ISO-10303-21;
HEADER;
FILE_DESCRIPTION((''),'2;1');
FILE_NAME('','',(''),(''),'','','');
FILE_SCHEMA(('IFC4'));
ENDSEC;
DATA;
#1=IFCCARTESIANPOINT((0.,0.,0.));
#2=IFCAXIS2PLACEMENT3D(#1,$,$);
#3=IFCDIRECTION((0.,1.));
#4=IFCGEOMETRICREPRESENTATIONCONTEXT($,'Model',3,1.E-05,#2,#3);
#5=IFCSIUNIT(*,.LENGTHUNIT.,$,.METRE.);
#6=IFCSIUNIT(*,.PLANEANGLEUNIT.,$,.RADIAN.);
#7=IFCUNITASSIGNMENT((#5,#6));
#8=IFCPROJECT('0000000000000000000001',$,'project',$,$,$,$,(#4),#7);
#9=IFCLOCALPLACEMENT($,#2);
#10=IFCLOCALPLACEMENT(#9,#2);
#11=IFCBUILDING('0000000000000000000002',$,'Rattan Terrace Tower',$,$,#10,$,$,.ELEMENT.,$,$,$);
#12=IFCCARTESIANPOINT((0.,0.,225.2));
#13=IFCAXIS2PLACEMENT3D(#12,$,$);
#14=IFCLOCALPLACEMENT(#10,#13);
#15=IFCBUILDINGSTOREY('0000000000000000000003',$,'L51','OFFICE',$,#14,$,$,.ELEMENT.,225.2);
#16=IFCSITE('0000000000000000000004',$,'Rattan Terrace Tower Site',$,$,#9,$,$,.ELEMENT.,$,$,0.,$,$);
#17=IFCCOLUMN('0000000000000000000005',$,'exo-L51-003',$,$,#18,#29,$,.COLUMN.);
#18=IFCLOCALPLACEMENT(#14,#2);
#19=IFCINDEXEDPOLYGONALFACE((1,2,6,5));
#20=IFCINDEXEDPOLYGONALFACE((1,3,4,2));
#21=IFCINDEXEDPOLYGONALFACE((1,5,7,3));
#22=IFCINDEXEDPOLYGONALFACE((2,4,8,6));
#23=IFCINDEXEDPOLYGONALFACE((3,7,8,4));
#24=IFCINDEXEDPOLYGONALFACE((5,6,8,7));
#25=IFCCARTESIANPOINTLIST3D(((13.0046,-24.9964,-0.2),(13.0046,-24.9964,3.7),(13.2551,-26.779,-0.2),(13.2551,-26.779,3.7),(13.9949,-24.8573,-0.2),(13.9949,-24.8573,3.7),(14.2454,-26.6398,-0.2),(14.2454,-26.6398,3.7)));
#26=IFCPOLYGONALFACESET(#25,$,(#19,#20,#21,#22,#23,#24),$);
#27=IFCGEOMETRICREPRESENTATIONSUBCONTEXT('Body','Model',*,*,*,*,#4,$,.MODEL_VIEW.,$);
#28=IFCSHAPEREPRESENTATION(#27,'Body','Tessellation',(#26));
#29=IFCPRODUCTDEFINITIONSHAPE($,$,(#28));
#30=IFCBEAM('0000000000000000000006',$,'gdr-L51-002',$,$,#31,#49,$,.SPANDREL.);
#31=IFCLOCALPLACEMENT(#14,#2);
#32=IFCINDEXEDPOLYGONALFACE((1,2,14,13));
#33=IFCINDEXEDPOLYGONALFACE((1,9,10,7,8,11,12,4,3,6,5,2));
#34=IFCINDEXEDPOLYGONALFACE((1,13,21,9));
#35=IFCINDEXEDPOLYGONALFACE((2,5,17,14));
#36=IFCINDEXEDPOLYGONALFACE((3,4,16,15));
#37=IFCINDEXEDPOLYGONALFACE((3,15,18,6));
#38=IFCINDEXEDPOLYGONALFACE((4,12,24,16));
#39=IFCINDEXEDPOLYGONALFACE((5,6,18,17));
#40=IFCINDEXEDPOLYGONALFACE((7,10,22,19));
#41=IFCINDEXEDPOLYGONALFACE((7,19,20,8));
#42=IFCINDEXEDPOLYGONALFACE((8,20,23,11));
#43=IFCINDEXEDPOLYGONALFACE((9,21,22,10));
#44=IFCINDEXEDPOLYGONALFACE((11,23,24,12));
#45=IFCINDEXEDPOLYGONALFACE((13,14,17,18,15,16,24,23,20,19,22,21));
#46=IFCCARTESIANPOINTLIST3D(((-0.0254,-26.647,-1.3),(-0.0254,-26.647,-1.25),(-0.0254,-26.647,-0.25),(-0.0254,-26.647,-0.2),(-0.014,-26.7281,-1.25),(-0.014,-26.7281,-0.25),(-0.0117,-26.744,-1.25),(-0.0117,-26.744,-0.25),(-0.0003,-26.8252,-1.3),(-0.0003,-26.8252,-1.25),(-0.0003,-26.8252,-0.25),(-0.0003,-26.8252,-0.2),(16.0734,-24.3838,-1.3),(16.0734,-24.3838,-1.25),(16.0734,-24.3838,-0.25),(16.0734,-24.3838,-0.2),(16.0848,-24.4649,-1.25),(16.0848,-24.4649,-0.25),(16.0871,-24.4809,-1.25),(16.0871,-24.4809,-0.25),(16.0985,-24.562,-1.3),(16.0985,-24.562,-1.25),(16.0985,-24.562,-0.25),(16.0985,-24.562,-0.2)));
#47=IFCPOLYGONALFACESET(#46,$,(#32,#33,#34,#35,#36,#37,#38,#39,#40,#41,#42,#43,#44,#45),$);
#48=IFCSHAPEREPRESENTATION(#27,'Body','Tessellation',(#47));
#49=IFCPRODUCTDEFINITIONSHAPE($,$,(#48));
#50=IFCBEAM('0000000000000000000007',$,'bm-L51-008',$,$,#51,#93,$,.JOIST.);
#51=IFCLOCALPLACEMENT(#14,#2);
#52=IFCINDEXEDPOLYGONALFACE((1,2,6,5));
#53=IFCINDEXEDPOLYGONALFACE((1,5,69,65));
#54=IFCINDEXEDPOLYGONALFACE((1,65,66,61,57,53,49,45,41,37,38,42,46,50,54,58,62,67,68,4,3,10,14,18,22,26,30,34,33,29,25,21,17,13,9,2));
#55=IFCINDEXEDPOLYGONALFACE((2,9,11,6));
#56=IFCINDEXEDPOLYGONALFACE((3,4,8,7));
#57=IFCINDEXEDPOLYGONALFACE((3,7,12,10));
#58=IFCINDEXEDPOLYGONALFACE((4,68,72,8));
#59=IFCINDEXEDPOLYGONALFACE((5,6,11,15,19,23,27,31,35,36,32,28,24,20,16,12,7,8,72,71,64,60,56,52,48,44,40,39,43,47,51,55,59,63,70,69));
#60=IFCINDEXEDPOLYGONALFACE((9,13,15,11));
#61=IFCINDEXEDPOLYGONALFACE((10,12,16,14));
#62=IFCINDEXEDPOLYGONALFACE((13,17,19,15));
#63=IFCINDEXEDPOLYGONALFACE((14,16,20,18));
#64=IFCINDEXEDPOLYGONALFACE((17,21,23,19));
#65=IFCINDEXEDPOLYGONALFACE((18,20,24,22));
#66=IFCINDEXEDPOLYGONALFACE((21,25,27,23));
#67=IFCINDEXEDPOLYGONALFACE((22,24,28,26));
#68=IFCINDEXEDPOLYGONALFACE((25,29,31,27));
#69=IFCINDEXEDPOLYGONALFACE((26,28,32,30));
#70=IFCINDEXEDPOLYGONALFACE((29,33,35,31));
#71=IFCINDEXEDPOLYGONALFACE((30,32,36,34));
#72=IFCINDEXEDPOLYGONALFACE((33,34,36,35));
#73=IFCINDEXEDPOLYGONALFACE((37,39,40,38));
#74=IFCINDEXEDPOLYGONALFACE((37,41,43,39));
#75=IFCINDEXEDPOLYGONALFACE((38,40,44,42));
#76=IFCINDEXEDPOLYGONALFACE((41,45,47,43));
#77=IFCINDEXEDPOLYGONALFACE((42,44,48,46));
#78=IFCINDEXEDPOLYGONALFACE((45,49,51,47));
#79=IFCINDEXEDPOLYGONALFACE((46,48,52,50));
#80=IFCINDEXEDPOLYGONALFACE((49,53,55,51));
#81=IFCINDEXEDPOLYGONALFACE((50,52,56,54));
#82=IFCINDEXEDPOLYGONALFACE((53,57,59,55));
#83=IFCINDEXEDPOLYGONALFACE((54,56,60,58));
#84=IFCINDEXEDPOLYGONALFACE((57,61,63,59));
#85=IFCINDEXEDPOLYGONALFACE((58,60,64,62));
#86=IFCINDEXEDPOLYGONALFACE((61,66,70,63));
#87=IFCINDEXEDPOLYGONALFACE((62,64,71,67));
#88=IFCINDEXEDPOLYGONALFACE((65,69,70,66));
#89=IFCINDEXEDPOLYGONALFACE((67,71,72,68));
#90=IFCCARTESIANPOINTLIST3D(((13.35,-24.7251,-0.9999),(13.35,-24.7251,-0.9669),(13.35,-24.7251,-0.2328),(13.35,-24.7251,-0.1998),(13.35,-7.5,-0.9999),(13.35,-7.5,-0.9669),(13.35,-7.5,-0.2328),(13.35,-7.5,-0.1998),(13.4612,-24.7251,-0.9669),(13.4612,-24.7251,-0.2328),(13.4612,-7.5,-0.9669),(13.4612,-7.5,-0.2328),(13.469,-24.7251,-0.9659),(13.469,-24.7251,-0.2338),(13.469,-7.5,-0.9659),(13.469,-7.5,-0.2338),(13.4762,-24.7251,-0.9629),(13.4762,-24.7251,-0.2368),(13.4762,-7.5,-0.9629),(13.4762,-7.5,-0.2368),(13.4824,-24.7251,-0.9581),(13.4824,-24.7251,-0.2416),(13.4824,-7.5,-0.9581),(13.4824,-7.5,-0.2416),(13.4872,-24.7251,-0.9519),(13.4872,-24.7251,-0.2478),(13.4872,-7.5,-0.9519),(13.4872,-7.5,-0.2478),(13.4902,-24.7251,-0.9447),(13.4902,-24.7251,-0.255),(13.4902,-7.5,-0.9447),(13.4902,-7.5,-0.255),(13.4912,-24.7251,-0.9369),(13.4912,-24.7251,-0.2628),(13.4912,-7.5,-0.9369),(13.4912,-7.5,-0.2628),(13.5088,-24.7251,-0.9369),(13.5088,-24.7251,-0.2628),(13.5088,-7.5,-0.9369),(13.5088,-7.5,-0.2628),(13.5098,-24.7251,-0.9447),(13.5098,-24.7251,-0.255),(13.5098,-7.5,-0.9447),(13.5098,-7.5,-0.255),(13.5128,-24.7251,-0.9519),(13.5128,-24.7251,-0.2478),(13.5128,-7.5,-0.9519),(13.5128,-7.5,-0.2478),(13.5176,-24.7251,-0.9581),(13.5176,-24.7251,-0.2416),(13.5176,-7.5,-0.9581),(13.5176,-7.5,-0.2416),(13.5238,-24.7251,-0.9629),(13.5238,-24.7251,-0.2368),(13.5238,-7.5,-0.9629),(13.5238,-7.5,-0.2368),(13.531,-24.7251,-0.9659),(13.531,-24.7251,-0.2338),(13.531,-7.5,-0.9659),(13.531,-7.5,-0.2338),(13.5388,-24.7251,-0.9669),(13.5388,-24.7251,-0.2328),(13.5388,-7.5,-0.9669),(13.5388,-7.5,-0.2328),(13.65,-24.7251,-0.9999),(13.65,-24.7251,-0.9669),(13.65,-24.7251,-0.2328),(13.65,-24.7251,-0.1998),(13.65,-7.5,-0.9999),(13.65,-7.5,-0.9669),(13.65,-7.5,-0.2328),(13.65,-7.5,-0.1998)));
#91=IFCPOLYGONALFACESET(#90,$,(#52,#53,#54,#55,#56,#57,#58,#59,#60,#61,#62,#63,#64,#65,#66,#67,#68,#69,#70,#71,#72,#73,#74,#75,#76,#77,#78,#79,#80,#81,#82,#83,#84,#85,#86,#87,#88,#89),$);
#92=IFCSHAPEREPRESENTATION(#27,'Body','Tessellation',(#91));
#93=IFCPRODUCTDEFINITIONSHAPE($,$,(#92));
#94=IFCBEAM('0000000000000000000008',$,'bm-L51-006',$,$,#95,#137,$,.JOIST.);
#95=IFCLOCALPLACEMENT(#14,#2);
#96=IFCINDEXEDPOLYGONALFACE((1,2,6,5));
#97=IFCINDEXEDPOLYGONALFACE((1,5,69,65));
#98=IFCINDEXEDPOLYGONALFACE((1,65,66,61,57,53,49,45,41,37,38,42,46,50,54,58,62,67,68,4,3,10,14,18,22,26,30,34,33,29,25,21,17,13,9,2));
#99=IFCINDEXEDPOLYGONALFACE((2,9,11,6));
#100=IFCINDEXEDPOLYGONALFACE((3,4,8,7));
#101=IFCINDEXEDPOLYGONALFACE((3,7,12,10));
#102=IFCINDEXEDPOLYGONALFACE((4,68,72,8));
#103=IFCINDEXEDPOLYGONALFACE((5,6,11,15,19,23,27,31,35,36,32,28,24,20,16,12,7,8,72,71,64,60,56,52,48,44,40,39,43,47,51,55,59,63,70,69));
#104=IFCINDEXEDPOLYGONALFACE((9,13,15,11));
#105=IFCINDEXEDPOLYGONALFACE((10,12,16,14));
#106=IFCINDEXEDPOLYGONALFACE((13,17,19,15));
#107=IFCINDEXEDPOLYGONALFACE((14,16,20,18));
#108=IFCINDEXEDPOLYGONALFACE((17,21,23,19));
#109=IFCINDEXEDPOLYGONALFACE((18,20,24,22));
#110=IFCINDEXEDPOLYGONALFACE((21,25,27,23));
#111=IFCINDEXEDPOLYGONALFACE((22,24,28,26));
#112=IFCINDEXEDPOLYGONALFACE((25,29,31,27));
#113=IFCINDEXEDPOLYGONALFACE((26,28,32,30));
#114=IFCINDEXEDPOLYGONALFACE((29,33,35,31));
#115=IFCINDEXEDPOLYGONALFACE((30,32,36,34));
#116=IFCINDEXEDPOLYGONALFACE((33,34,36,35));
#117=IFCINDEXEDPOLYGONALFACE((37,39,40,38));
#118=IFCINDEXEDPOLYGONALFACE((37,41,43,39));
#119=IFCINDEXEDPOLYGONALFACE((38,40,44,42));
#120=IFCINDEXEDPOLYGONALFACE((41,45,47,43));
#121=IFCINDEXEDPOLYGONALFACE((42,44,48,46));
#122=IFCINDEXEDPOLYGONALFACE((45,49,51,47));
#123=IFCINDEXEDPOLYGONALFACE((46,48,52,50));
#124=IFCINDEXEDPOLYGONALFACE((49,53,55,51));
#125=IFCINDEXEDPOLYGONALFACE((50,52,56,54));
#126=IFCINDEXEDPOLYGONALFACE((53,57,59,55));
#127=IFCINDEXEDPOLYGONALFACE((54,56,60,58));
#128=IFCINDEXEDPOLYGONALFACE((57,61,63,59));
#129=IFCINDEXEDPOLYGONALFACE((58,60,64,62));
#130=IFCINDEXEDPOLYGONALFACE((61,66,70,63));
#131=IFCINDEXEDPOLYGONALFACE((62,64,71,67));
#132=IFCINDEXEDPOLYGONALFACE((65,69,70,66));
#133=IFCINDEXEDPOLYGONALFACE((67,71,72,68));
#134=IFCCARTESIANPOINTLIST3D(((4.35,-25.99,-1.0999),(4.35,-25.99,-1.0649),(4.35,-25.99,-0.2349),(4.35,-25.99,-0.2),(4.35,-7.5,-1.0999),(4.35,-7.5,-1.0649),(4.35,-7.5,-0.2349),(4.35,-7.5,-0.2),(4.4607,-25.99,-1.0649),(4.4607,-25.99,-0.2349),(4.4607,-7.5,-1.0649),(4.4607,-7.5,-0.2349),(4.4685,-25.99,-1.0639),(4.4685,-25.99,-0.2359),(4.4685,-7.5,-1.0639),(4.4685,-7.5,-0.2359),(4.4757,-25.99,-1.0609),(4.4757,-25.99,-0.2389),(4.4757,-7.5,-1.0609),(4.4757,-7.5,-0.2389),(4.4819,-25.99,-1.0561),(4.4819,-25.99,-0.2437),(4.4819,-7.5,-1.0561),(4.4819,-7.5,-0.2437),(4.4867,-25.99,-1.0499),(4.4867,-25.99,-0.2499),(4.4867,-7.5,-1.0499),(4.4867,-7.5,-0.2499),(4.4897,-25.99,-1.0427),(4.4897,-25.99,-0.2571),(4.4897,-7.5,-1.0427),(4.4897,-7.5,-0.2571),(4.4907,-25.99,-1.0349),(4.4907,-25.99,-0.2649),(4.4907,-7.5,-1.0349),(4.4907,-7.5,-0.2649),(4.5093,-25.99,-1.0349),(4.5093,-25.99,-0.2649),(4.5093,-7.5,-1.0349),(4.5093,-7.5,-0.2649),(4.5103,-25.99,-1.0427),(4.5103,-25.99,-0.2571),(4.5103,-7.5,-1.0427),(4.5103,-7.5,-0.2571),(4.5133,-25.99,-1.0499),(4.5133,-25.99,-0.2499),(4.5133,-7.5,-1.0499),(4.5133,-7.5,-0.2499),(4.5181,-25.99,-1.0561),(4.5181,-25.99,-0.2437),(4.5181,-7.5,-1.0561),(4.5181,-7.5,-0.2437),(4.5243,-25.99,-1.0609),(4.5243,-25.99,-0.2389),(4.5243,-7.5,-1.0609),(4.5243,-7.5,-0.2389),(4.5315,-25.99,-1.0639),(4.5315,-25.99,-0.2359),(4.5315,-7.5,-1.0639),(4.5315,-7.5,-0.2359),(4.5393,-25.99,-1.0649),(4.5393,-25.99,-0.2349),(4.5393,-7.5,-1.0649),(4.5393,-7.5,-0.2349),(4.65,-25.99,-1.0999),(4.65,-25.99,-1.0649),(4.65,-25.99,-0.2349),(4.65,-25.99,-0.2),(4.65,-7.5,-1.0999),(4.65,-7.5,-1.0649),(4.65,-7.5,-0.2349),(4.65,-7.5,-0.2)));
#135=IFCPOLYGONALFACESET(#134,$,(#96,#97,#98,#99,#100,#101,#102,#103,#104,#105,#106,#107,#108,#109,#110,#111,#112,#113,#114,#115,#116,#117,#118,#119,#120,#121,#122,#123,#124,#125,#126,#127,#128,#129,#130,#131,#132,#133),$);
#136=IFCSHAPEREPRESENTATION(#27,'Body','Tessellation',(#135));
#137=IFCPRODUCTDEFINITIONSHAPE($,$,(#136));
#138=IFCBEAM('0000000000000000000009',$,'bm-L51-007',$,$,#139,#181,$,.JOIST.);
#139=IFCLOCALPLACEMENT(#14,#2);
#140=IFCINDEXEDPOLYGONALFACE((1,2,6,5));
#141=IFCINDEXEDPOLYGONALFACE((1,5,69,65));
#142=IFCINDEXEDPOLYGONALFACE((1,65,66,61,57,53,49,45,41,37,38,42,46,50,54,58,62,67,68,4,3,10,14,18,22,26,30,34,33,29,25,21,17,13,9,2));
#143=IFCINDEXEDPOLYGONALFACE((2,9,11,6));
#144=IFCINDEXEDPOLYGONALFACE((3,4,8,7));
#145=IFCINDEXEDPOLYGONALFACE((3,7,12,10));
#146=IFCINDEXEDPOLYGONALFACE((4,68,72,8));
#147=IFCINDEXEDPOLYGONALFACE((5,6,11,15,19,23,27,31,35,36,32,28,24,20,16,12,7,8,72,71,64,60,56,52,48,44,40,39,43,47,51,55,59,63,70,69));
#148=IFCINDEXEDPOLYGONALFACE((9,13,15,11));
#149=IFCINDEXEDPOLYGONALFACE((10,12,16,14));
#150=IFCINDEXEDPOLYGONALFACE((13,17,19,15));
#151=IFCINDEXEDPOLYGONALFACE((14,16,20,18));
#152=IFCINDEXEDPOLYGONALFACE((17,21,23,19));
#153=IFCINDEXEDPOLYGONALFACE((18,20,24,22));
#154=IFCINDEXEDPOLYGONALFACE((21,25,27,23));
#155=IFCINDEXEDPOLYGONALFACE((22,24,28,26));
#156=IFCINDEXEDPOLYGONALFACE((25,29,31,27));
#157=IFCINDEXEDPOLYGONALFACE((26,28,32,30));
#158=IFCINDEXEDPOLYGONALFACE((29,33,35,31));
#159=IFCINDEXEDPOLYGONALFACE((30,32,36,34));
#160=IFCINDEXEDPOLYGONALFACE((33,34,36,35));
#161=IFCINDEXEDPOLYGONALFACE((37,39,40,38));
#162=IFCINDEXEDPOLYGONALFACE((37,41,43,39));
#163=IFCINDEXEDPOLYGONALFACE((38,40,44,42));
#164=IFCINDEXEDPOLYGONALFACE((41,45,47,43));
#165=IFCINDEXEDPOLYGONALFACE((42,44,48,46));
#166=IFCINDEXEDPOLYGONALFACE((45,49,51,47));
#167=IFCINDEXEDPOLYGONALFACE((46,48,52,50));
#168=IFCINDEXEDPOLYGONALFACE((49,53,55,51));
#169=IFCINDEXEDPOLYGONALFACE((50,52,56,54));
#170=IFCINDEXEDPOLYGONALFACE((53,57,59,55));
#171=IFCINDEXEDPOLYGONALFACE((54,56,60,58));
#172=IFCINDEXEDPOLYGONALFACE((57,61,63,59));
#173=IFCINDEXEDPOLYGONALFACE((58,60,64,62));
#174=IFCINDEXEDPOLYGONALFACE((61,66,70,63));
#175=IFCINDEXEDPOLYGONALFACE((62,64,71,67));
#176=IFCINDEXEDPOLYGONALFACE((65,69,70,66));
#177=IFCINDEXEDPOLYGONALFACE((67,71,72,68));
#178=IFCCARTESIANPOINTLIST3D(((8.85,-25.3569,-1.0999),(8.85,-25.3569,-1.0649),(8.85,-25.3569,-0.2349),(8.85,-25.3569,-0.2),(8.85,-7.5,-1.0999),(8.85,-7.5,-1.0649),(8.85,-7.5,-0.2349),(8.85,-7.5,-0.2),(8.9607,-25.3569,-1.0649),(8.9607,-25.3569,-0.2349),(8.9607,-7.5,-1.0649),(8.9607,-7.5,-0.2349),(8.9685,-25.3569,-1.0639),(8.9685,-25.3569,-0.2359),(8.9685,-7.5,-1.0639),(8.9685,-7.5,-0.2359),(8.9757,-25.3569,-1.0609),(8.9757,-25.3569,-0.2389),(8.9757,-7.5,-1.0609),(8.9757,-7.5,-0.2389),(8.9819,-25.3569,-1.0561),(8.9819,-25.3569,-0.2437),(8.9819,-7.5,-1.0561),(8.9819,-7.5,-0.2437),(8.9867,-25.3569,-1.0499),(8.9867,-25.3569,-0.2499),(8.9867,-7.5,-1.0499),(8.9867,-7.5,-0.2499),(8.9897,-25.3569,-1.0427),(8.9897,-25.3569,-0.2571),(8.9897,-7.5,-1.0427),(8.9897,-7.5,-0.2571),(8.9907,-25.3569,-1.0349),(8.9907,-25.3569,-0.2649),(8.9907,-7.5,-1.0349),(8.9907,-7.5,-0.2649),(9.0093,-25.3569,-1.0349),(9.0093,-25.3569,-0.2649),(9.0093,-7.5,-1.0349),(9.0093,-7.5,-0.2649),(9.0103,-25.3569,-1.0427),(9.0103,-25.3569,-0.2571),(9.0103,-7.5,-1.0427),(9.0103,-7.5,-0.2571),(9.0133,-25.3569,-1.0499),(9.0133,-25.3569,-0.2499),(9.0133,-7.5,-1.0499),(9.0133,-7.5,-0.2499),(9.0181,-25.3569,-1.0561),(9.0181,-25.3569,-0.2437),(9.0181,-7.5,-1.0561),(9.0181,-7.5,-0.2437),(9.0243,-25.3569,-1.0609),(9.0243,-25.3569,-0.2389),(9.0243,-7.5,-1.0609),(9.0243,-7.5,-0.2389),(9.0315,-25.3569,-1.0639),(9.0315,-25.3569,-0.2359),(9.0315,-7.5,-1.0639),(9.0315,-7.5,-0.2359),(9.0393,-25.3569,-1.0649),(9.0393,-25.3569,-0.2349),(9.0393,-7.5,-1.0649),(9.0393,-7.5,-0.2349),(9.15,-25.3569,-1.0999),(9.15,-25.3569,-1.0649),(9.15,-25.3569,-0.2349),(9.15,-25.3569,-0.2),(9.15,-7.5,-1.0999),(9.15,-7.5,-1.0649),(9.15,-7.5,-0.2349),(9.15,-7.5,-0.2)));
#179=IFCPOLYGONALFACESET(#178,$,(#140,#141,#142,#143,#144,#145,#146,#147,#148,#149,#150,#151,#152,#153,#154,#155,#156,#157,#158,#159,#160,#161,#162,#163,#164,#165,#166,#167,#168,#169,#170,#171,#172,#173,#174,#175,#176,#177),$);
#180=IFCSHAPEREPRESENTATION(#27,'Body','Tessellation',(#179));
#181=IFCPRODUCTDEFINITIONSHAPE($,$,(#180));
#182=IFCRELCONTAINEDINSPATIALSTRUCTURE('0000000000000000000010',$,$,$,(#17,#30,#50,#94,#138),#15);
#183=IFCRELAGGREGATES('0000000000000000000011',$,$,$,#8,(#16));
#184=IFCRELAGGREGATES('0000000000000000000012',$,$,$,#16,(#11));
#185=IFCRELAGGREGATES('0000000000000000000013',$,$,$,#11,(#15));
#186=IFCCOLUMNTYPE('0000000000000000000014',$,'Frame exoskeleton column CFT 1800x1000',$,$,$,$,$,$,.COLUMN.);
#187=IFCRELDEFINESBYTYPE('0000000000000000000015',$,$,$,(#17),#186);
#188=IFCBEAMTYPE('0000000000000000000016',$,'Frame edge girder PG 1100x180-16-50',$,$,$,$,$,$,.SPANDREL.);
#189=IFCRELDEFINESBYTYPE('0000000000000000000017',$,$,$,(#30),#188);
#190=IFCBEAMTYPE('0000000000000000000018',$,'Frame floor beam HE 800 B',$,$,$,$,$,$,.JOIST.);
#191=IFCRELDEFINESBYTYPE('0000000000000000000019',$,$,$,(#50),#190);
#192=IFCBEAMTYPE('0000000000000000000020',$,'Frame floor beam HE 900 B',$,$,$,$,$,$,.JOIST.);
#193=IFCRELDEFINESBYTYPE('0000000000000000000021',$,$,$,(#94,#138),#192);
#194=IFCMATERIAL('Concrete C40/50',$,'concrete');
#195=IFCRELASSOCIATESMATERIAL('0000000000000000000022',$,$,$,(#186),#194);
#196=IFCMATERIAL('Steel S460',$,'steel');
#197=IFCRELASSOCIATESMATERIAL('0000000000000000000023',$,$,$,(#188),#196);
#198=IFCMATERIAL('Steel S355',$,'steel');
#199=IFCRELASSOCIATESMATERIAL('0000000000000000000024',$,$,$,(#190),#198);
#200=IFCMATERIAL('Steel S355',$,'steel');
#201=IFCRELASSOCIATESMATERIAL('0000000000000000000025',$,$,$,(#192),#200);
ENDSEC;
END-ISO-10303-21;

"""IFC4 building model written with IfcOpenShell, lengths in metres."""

from ifc_helpers import new_model, si_unit, direction, frame, origin, origin_2d, place, context, subcontext, project, spatial, rectangle, i_section, extrude, material, material_profile, profile_set, type_object, element, save


model = new_model("IFC4")

# Units and contexts
model_context = context("Model", 3, precision=1e-05, world=origin(), true_north=direction((0.0, 1.0)))
body_context = subcontext(model_context, "Body", "Model", "MODEL_VIEW")
ifc_project = project(units=[si_unit("LENGTHUNIT", "METRE"), si_unit("PLANEANGLEUNIT", "RADIAN")], contexts=[model_context])

# Site, building, storey
site_placement = place(None, origin())
site = spatial("IfcSite", under=ifc_project, at=site_placement, Name="Rattan Terrace Tower Site", CompositionType="ELEMENT", RefElevation=0.0)
building_placement = place(site_placement, origin())
building = spatial("IfcBuilding", under=site, at=building_placement, Name="Rattan Terrace Tower", CompositionType="ELEMENT")
storey_placement = place(building_placement, frame((0.0, 0.0, 225.2)))
storey = spatial("IfcBuildingStorey", under=building, at=storey_placement, Name="L51", Description="OFFICE", CompositionType="ELEMENT", Elevation=225.2)

# Column
ifc_material_1 = material(Name="Concrete C40/50", Category="concrete")
ifc_material_profile_1 = material_profile(ifc_material_1, rectangle(XDim=1.0, YDim=1.8, at=origin_2d()), Name="CFT 1800x1000")
ifc_profile_set_1 = profile_set([ifc_material_profile_1], Name="Concrete C40/50")
column_type = type_object("IfcColumnType", Name="Frame exoskeleton column CFT 1800x1000", PredefinedType="COLUMN", material=ifc_profile_set_1)
column_placement = place(storey_placement, frame((13.625, -25.8181, -0.2), z_axis=(0.0, 0.0, 1.0), x_axis=(0.990268, 0.139173, 0.0)))
element("IfcColumn", 1, at=column_placement, inside=storey, type_object=column_type, Name="exo-L51-003", PredefinedType="COLUMN", context=body_context, shape_type="SweptSolid", body=[
    extrude(rectangle(XDim=1.0, YDim=1.8, at=origin_2d()), origin(), (0.0, 0.0, 1.0), 3.8999),
])

# Beams
ifc_material_2 = material(Name="Steel S460", Category="steel")
ifc_material_profile_2 = material_profile(ifc_material_2, i_section(OverallWidth=0.1799, OverallDepth=1.1001, WebThickness=0.0161, FlangeThickness=0.05, at=origin_2d()), Name="PG 1100x180-16-50")
ifc_profile_set_2 = profile_set([ifc_material_profile_2], Name="Steel S460")
beam_type_1 = type_object("IfcBeamType", Name="Frame edge girder PG 1100x180-16-50", PredefinedType="SPANDREL", material=ifc_profile_set_2)
beam_1_placement = place(storey_placement, frame((16.0859, -24.4729, -0.75), z_axis=(-0.990263, -0.139211, 0.0), x_axis=(0.139211, -0.990263, 0.0)))
element("IfcBeam", 2, at=beam_1_placement, inside=storey, type_object=beam_type_1, Name="gdr-L51-002", PredefinedType="SPANDREL", context=body_context, shape_type="SweptSolid", body=[
    extrude(i_section(OverallWidth=0.1799, OverallDepth=1.1001, WebThickness=0.0161, FlangeThickness=0.05, at=origin_2d()), origin(), (0.0, 0.0, 1.0), 16.2571),
])
ifc_material_3 = material(Name="Steel S355", Category="steel")
ifc_material_profile_3 = material_profile(ifc_material_3, i_section(OverallWidth=0.3, OverallDepth=0.8, WebThickness=0.0176, FlangeThickness=0.033, FilletRadius=0.03, at=origin_2d()), Name="HE 800 B")
ifc_profile_set_3 = profile_set([ifc_material_profile_3], Name="Steel S355")
beam_type_2 = type_object("IfcBeamType", Name="Frame floor beam HE 800 B", PredefinedType="JOIST", material=ifc_profile_set_3)
beam_2_placement = place(storey_placement, frame((13.5, -24.7251, -0.5999), z_axis=(0.0, 1.0, 0.0), x_axis=(-1.0, 0.0, 0.0)))
element("IfcBeam", 3, at=beam_2_placement, inside=storey, type_object=beam_type_2, Name="bm-L51-008", PredefinedType="JOIST", context=body_context, shape_type="SweptSolid", body=[
    extrude(i_section(OverallWidth=0.3, OverallDepth=0.8, WebThickness=0.0176, FlangeThickness=0.033, FilletRadius=0.03, at=origin_2d()), origin(), (0.0, 0.0, 1.0), 17.2251),
])
ifc_material_4 = material(Name="Steel S355", Category="steel")
ifc_material_profile_4 = material_profile(ifc_material_4, i_section(OverallWidth=0.3, OverallDepth=0.8999, WebThickness=0.0186, FlangeThickness=0.0349, FilletRadius=0.03, at=origin_2d()), Name="HE 900 B")
ifc_profile_set_4 = profile_set([ifc_material_profile_4], Name="Steel S355")
beam_type_3 = type_object("IfcBeamType", Name="Frame floor beam HE 900 B", PredefinedType="JOIST", material=ifc_profile_set_4)
beam_3_placement = place(storey_placement, frame((4.5, -25.99, -0.6499), z_axis=(0.0, 1.0, 0.0), x_axis=(-1.0, 0.0, 0.0)))
element("IfcBeam", 4, at=beam_3_placement, inside=storey, type_object=beam_type_3, Name="bm-L51-006", PredefinedType="JOIST", context=body_context, shape_type="SweptSolid", body=[
    extrude(i_section(OverallWidth=0.3, OverallDepth=0.8999, WebThickness=0.0186, FlangeThickness=0.0349, FilletRadius=0.03, at=origin_2d()), origin(), (0.0, 0.0, 1.0), 18.49),
])
beam_4_placement = place(storey_placement, frame((9.0, -25.3569, -0.6499), z_axis=(0.0, 1.0, 0.0), x_axis=(-1.0, 0.0, 0.0)))
element("IfcBeam", 5, at=beam_4_placement, inside=storey, type_object=beam_type_3, Name="bm-L51-007", PredefinedType="JOIST", context=body_context, shape_type="SweptSolid", body=[
    extrude(i_section(OverallWidth=0.3, OverallDepth=0.8999, WebThickness=0.0186, FlangeThickness=0.0349, FilletRadius=0.03, at=origin_2d()), origin(), (0.0, 0.0, 1.0), 17.8569),
])

save(model, "model.ifc")
